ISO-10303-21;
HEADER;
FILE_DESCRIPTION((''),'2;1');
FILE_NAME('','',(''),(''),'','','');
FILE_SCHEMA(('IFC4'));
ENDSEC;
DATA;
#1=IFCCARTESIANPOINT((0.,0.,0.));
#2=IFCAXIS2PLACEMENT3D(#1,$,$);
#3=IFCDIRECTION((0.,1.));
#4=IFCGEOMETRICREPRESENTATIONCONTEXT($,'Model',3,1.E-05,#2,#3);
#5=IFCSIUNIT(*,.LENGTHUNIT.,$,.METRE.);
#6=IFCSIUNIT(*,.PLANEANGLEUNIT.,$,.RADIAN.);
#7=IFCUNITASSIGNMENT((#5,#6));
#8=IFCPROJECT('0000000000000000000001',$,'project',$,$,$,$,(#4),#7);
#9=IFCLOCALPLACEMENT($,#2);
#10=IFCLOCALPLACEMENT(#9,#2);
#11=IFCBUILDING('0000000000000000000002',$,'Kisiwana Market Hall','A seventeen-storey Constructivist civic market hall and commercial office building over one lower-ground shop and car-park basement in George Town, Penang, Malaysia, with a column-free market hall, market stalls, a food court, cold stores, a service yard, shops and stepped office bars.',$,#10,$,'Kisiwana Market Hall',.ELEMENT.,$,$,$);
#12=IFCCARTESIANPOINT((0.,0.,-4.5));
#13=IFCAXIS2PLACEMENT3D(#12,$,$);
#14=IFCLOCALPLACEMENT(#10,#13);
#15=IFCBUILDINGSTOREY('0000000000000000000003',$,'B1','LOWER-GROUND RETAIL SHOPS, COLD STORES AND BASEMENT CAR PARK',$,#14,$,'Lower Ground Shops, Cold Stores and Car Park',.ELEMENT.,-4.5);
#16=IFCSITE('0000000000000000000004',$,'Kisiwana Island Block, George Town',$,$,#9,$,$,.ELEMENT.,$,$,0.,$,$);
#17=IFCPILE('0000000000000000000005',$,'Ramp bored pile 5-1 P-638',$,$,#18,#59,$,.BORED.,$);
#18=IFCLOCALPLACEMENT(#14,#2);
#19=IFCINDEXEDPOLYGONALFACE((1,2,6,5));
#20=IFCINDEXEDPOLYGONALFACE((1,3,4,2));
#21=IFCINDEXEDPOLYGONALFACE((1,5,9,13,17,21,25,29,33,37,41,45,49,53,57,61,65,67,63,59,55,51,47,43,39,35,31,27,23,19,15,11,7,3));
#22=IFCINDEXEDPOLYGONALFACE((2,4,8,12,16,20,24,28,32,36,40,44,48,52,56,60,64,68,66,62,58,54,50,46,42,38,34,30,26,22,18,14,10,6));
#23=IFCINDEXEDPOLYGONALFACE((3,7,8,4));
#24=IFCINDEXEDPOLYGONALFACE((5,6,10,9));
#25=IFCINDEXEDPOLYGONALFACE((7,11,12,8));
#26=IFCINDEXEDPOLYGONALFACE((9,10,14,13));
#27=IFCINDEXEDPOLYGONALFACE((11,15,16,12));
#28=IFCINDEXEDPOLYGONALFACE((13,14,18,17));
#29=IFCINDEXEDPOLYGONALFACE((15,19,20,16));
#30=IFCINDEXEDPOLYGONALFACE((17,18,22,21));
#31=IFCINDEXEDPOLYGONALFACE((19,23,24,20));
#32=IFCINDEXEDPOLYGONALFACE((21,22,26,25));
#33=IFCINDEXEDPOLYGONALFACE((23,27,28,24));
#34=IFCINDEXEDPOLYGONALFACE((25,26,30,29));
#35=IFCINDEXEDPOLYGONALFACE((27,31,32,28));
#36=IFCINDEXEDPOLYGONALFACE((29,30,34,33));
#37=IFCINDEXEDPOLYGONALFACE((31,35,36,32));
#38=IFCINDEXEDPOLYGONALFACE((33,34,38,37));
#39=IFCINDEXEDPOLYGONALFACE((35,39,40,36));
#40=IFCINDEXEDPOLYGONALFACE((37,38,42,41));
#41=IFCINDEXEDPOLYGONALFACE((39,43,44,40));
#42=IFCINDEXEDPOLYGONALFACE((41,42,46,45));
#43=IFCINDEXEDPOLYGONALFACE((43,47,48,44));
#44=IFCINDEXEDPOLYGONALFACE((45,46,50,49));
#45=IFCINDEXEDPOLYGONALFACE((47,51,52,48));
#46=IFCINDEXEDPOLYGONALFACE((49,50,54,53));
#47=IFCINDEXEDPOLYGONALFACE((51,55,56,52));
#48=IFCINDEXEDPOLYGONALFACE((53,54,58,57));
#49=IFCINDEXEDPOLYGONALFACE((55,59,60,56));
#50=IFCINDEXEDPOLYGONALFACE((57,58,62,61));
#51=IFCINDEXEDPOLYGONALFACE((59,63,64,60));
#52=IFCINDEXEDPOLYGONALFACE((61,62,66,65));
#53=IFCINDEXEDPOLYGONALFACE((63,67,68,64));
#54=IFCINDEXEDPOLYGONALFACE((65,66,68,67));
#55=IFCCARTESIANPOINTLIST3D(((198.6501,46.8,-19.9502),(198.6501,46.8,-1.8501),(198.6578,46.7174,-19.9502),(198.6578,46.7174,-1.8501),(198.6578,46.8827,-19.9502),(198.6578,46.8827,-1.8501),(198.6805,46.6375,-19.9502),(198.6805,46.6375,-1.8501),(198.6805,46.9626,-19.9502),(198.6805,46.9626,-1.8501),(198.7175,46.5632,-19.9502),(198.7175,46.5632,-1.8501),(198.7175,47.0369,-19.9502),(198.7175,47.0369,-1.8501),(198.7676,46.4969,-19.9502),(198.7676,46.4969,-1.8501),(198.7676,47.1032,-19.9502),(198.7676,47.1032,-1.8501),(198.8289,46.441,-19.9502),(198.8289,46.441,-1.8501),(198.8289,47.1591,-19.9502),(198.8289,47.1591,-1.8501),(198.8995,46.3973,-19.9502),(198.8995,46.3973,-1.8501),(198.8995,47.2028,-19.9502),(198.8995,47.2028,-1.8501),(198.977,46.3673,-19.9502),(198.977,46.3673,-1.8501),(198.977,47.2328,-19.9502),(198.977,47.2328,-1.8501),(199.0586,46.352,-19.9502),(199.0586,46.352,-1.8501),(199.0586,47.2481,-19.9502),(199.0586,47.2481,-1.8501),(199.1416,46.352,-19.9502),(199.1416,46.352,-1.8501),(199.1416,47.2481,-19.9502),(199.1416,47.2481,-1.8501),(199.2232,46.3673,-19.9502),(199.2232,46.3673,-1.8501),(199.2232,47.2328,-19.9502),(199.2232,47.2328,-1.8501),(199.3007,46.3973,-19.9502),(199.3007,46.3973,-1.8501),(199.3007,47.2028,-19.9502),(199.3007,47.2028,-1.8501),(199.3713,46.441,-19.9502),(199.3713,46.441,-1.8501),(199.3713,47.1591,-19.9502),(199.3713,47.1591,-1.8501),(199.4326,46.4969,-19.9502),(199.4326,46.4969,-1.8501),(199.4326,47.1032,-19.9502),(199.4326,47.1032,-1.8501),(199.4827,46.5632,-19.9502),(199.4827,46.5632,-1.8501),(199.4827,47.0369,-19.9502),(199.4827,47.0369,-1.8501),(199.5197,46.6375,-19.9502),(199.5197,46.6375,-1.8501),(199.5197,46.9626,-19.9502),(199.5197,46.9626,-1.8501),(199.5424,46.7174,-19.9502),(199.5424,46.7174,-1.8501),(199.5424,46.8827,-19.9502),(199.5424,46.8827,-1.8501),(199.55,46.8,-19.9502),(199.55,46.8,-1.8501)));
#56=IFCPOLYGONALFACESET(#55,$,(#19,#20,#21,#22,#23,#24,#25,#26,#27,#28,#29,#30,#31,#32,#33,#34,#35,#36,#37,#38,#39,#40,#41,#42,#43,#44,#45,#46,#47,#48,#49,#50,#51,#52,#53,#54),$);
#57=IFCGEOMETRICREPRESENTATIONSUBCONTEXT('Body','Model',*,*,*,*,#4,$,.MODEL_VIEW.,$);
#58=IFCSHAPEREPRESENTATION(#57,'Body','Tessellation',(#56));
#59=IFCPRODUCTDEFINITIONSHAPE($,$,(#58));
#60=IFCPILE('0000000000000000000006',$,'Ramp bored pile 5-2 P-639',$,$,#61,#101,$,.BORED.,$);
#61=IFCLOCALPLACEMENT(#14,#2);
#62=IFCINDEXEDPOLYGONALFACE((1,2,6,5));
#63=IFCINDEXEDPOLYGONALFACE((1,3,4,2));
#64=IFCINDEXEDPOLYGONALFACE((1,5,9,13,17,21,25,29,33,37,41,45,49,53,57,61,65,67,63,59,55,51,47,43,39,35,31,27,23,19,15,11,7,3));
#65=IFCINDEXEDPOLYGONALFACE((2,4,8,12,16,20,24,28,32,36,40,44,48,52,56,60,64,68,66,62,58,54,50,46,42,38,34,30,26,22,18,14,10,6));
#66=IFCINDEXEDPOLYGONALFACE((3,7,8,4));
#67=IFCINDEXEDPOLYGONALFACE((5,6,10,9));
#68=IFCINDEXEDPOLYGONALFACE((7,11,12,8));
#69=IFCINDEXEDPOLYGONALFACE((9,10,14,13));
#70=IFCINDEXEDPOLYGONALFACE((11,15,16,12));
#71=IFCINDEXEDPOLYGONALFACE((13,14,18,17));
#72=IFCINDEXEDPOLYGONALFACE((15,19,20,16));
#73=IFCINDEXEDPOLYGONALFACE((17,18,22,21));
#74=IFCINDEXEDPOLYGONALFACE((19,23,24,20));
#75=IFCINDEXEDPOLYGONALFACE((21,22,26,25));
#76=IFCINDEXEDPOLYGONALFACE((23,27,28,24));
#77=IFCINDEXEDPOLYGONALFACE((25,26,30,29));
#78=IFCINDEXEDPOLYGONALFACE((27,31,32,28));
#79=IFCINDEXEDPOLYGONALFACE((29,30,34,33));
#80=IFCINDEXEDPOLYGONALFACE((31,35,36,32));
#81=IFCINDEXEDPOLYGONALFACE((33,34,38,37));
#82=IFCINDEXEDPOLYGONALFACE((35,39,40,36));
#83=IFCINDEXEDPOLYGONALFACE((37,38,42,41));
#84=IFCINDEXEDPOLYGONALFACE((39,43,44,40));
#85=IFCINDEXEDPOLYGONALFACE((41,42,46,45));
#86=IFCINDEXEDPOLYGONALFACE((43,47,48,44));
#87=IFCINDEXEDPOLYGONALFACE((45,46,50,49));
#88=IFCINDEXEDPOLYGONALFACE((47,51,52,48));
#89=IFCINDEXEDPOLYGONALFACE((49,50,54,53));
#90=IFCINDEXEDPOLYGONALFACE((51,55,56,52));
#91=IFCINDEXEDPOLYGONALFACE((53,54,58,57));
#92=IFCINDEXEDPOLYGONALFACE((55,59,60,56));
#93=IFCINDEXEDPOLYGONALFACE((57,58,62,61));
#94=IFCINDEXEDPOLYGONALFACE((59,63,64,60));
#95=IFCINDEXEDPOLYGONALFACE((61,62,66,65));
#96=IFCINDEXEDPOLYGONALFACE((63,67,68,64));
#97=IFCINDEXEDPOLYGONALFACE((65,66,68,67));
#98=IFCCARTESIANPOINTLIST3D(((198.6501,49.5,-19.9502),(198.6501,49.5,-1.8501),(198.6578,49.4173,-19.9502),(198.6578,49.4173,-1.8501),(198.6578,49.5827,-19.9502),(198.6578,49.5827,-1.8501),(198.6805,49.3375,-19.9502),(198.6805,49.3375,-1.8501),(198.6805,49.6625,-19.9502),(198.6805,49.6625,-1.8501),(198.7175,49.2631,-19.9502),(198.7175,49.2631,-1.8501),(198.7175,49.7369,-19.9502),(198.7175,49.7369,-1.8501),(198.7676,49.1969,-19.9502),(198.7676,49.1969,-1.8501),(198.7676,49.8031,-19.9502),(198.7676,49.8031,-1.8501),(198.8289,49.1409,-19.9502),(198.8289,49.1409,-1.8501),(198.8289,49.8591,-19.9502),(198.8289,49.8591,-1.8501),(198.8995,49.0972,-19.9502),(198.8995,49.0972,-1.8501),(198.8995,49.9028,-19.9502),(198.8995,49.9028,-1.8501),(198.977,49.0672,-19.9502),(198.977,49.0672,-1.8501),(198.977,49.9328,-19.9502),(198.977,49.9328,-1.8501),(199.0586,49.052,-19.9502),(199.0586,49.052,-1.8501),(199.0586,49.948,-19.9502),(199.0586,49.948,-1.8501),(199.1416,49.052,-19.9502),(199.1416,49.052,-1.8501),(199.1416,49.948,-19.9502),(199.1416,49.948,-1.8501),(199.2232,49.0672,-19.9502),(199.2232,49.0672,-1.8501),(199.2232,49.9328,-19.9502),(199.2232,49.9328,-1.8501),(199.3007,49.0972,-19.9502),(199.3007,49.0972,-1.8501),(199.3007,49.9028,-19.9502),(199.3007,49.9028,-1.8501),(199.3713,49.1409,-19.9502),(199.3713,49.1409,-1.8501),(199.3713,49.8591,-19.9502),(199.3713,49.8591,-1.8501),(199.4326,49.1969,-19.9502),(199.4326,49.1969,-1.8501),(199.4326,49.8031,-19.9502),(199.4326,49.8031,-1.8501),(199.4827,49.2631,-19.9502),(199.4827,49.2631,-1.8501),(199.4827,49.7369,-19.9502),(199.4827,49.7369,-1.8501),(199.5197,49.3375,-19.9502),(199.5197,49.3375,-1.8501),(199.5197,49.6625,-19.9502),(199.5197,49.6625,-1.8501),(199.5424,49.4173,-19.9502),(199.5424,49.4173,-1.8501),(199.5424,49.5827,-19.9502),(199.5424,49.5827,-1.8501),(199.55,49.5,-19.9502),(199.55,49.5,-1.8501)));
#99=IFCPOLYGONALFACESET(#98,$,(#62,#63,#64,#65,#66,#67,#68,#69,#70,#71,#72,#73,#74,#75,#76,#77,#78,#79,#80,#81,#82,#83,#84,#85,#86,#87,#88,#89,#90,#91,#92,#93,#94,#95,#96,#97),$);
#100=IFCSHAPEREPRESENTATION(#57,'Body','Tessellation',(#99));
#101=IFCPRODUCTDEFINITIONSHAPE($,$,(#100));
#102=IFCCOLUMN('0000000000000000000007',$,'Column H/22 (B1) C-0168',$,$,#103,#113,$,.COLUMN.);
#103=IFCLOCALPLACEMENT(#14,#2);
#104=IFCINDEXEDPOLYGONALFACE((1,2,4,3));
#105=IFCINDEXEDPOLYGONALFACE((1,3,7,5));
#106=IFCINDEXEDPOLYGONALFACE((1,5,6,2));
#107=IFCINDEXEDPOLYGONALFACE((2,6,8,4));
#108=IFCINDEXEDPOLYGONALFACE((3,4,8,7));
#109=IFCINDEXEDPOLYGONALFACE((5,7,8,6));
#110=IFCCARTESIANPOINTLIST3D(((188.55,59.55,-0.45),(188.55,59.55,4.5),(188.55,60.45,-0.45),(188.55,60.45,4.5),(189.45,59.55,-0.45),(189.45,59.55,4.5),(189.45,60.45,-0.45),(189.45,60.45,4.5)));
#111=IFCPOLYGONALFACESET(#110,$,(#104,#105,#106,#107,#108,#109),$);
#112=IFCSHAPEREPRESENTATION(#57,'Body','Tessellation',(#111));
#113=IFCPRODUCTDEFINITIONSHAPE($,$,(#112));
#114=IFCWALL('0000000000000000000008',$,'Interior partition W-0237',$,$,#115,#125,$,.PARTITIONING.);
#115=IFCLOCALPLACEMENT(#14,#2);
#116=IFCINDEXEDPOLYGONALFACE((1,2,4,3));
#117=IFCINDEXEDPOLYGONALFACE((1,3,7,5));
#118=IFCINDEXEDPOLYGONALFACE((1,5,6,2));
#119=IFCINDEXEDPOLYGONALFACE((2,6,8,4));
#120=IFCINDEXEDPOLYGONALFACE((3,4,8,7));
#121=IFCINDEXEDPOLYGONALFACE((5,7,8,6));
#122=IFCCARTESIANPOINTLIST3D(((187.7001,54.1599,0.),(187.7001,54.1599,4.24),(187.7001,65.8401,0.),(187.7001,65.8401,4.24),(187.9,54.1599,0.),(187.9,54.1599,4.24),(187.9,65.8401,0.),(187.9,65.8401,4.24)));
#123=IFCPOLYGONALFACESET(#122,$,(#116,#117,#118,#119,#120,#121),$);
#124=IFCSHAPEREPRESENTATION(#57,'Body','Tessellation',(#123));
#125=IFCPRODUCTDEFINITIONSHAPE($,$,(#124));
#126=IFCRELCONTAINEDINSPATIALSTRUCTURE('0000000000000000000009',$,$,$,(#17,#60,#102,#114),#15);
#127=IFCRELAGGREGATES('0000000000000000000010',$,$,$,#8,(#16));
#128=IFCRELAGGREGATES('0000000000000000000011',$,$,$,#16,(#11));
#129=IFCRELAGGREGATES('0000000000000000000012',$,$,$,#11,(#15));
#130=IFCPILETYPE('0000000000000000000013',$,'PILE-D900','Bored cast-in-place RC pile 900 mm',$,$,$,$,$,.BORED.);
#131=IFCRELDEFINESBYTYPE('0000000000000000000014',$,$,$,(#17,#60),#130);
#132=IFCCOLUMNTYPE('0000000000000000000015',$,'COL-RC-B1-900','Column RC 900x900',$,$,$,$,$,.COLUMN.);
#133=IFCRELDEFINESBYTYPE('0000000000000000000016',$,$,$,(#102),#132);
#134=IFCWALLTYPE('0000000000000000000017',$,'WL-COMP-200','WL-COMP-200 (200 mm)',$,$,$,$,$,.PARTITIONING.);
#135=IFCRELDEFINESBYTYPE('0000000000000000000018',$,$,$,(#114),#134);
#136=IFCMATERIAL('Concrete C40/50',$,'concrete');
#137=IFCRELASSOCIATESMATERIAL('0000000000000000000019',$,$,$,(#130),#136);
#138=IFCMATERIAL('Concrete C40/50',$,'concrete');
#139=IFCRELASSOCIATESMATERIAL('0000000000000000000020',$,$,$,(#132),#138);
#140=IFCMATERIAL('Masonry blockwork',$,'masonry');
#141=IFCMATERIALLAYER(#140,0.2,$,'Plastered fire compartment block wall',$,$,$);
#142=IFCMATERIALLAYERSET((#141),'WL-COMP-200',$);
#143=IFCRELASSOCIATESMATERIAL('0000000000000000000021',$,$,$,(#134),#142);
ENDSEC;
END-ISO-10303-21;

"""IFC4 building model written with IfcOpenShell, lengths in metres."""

from ifc_helpers import new_model, si_unit, direction, frame, frame_2d, origin, origin_2d, place, context, subcontext, project, spatial, rectangle, circle, extrude, material, layer, layer_set, material_profile, profile_set, type_object, element, save


model = new_model("IFC4")

# Units and contexts
model_context = context("Model", 3, precision=1e-05, world=origin(), true_north=direction((0.0, 1.0)))
body_context = subcontext(model_context, "Body", "Model", "MODEL_VIEW")
ifc_project = project(units=[si_unit("LENGTHUNIT", "METRE"), si_unit("PLANEANGLEUNIT", "RADIAN")], contexts=[model_context])

# Site, building, storey
site_placement = place(None, origin())
site = spatial("IfcSite", under=ifc_project, at=site_placement, Name="Kisiwana Island Block, George Town", CompositionType="ELEMENT", RefElevation=0.0)
building_placement = place(site_placement, origin())
building = spatial("IfcBuilding", under=site, at=building_placement, Name="Kisiwana Market Hall", Description="A seventeen-storey Constructivist civic market hall and commercial office building over one lower-ground shop and car-park basement in George Town, Penang, Malaysia, with a column-free market hall, market stalls, a food court, cold stores, a service yard, shops and stepped office bars.", LongName="Kisiwana Market Hall", CompositionType="ELEMENT")
storey_placement = place(building_placement, frame((0.0, 0.0, -4.5)))
storey = spatial("IfcBuildingStorey", under=building, at=storey_placement, Name="B1", Description="LOWER-GROUND RETAIL SHOPS, COLD STORES AND BASEMENT CAR PARK", LongName="Lower Ground Shops, Cold Stores and Car Park", CompositionType="ELEMENT", Elevation=-4.5)

# Piles
ifc_material_1 = material(Name="Concrete C40/50", Category="concrete")
ifc_material_profile_1 = material_profile(ifc_material_1, circle(Radius=0.45, at=origin_2d()), Name="BP D900")
ifc_profile_set_1 = profile_set([ifc_material_profile_1], Name="Concrete C40/50")
pile_type_1 = type_object("IfcPileType", Name="PILE-D900", Description="Bored cast-in-place RC pile 900 mm", PredefinedType="BORED", material=ifc_profile_set_1)
for number, where, z_axis, x_axis, name in (
    (1, (199.1001, 46.8, -1.8501), (0.0, 0.0, -1.0), (1.0, 0.0, 0.0), "Ramp bored pile 5-1 P-638"),
    (2, (199.1001, 49.5, -1.8501), (0.0, 0.0, -1.0), (1.0, 0.0, 0.0), "Ramp bored pile 5-2 P-639"),
):
    element("IfcPile", number, at=place(storey_placement, frame(where, z_axis=z_axis, x_axis=x_axis)), inside=storey, type_object=pile_type_1, Name=name, PredefinedType="BORED", context=body_context, shape_type="SweptSolid", body=[
        extrude(circle(Radius=0.45, at=origin_2d()), origin(), (0.0, 0.0, 1.0), 18.1001),
    ])

# Column
ifc_material_2 = material(Name="Concrete C40/50", Category="concrete")
ifc_material_profile_2 = material_profile(ifc_material_2, rectangle(XDim=0.8999, YDim=0.8999, at=origin_2d()), Name="RC 900x900")
ifc_profile_set_2 = profile_set([ifc_material_profile_2], Name="Concrete C40/50")
column_type = type_object("IfcColumnType", Name="COL-RC-B1-900", Description="Column RC 900x900", PredefinedType="COLUMN", material=ifc_profile_set_2)
column_placement = place(storey_placement, frame((189.0, 60.0, -0.45), z_axis=(0.0, 0.0, 1.0), x_axis=(1.0, 0.0, 0.0)))
element("IfcColumn", 3, at=column_placement, inside=storey, type_object=column_type, Name="Column H/22 (B1) C-0168", PredefinedType="COLUMN", context=body_context, shape_type="SweptSolid", body=[
    extrude(rectangle(XDim=0.8999, YDim=0.8999, at=origin_2d()), origin(), (0.0, 0.0, 1.0), 4.95),
])

# Wall
ifc_material_3 = material(Name="Masonry blockwork", Category="masonry")
ifc_layer_1 = layer(ifc_material_3, 0.2, Name="Plastered fire compartment block wall")
ifc_layer_set_1 = layer_set([ifc_layer_1], Name="WL-COMP-200")
wall_type_1 = type_object("IfcWallType", Name="WL-COMP-200", Description="WL-COMP-200 (200 mm)", PredefinedType="PARTITIONING", material=ifc_layer_set_1)
wall_1_placement = place(storey_placement, frame((187.8, 54.1599, 0.0), z_axis=(0.0, 0.0, 1.0), x_axis=(0.0, 1.0, 0.0)))
element("IfcWall", 4, at=wall_1_placement, inside=storey, type_object=wall_type_1, Name="Interior partition W-0237", PredefinedType="PARTITIONING", context=body_context, shape_type="SweptSolid", body=[
    extrude(rectangle(XDim=11.6802, YDim=0.2, at=frame_2d((5.8401, 0.0))), origin(), (0.0, 0.0, 1.0), 4.24),
])

save(model, "model.ifc")
